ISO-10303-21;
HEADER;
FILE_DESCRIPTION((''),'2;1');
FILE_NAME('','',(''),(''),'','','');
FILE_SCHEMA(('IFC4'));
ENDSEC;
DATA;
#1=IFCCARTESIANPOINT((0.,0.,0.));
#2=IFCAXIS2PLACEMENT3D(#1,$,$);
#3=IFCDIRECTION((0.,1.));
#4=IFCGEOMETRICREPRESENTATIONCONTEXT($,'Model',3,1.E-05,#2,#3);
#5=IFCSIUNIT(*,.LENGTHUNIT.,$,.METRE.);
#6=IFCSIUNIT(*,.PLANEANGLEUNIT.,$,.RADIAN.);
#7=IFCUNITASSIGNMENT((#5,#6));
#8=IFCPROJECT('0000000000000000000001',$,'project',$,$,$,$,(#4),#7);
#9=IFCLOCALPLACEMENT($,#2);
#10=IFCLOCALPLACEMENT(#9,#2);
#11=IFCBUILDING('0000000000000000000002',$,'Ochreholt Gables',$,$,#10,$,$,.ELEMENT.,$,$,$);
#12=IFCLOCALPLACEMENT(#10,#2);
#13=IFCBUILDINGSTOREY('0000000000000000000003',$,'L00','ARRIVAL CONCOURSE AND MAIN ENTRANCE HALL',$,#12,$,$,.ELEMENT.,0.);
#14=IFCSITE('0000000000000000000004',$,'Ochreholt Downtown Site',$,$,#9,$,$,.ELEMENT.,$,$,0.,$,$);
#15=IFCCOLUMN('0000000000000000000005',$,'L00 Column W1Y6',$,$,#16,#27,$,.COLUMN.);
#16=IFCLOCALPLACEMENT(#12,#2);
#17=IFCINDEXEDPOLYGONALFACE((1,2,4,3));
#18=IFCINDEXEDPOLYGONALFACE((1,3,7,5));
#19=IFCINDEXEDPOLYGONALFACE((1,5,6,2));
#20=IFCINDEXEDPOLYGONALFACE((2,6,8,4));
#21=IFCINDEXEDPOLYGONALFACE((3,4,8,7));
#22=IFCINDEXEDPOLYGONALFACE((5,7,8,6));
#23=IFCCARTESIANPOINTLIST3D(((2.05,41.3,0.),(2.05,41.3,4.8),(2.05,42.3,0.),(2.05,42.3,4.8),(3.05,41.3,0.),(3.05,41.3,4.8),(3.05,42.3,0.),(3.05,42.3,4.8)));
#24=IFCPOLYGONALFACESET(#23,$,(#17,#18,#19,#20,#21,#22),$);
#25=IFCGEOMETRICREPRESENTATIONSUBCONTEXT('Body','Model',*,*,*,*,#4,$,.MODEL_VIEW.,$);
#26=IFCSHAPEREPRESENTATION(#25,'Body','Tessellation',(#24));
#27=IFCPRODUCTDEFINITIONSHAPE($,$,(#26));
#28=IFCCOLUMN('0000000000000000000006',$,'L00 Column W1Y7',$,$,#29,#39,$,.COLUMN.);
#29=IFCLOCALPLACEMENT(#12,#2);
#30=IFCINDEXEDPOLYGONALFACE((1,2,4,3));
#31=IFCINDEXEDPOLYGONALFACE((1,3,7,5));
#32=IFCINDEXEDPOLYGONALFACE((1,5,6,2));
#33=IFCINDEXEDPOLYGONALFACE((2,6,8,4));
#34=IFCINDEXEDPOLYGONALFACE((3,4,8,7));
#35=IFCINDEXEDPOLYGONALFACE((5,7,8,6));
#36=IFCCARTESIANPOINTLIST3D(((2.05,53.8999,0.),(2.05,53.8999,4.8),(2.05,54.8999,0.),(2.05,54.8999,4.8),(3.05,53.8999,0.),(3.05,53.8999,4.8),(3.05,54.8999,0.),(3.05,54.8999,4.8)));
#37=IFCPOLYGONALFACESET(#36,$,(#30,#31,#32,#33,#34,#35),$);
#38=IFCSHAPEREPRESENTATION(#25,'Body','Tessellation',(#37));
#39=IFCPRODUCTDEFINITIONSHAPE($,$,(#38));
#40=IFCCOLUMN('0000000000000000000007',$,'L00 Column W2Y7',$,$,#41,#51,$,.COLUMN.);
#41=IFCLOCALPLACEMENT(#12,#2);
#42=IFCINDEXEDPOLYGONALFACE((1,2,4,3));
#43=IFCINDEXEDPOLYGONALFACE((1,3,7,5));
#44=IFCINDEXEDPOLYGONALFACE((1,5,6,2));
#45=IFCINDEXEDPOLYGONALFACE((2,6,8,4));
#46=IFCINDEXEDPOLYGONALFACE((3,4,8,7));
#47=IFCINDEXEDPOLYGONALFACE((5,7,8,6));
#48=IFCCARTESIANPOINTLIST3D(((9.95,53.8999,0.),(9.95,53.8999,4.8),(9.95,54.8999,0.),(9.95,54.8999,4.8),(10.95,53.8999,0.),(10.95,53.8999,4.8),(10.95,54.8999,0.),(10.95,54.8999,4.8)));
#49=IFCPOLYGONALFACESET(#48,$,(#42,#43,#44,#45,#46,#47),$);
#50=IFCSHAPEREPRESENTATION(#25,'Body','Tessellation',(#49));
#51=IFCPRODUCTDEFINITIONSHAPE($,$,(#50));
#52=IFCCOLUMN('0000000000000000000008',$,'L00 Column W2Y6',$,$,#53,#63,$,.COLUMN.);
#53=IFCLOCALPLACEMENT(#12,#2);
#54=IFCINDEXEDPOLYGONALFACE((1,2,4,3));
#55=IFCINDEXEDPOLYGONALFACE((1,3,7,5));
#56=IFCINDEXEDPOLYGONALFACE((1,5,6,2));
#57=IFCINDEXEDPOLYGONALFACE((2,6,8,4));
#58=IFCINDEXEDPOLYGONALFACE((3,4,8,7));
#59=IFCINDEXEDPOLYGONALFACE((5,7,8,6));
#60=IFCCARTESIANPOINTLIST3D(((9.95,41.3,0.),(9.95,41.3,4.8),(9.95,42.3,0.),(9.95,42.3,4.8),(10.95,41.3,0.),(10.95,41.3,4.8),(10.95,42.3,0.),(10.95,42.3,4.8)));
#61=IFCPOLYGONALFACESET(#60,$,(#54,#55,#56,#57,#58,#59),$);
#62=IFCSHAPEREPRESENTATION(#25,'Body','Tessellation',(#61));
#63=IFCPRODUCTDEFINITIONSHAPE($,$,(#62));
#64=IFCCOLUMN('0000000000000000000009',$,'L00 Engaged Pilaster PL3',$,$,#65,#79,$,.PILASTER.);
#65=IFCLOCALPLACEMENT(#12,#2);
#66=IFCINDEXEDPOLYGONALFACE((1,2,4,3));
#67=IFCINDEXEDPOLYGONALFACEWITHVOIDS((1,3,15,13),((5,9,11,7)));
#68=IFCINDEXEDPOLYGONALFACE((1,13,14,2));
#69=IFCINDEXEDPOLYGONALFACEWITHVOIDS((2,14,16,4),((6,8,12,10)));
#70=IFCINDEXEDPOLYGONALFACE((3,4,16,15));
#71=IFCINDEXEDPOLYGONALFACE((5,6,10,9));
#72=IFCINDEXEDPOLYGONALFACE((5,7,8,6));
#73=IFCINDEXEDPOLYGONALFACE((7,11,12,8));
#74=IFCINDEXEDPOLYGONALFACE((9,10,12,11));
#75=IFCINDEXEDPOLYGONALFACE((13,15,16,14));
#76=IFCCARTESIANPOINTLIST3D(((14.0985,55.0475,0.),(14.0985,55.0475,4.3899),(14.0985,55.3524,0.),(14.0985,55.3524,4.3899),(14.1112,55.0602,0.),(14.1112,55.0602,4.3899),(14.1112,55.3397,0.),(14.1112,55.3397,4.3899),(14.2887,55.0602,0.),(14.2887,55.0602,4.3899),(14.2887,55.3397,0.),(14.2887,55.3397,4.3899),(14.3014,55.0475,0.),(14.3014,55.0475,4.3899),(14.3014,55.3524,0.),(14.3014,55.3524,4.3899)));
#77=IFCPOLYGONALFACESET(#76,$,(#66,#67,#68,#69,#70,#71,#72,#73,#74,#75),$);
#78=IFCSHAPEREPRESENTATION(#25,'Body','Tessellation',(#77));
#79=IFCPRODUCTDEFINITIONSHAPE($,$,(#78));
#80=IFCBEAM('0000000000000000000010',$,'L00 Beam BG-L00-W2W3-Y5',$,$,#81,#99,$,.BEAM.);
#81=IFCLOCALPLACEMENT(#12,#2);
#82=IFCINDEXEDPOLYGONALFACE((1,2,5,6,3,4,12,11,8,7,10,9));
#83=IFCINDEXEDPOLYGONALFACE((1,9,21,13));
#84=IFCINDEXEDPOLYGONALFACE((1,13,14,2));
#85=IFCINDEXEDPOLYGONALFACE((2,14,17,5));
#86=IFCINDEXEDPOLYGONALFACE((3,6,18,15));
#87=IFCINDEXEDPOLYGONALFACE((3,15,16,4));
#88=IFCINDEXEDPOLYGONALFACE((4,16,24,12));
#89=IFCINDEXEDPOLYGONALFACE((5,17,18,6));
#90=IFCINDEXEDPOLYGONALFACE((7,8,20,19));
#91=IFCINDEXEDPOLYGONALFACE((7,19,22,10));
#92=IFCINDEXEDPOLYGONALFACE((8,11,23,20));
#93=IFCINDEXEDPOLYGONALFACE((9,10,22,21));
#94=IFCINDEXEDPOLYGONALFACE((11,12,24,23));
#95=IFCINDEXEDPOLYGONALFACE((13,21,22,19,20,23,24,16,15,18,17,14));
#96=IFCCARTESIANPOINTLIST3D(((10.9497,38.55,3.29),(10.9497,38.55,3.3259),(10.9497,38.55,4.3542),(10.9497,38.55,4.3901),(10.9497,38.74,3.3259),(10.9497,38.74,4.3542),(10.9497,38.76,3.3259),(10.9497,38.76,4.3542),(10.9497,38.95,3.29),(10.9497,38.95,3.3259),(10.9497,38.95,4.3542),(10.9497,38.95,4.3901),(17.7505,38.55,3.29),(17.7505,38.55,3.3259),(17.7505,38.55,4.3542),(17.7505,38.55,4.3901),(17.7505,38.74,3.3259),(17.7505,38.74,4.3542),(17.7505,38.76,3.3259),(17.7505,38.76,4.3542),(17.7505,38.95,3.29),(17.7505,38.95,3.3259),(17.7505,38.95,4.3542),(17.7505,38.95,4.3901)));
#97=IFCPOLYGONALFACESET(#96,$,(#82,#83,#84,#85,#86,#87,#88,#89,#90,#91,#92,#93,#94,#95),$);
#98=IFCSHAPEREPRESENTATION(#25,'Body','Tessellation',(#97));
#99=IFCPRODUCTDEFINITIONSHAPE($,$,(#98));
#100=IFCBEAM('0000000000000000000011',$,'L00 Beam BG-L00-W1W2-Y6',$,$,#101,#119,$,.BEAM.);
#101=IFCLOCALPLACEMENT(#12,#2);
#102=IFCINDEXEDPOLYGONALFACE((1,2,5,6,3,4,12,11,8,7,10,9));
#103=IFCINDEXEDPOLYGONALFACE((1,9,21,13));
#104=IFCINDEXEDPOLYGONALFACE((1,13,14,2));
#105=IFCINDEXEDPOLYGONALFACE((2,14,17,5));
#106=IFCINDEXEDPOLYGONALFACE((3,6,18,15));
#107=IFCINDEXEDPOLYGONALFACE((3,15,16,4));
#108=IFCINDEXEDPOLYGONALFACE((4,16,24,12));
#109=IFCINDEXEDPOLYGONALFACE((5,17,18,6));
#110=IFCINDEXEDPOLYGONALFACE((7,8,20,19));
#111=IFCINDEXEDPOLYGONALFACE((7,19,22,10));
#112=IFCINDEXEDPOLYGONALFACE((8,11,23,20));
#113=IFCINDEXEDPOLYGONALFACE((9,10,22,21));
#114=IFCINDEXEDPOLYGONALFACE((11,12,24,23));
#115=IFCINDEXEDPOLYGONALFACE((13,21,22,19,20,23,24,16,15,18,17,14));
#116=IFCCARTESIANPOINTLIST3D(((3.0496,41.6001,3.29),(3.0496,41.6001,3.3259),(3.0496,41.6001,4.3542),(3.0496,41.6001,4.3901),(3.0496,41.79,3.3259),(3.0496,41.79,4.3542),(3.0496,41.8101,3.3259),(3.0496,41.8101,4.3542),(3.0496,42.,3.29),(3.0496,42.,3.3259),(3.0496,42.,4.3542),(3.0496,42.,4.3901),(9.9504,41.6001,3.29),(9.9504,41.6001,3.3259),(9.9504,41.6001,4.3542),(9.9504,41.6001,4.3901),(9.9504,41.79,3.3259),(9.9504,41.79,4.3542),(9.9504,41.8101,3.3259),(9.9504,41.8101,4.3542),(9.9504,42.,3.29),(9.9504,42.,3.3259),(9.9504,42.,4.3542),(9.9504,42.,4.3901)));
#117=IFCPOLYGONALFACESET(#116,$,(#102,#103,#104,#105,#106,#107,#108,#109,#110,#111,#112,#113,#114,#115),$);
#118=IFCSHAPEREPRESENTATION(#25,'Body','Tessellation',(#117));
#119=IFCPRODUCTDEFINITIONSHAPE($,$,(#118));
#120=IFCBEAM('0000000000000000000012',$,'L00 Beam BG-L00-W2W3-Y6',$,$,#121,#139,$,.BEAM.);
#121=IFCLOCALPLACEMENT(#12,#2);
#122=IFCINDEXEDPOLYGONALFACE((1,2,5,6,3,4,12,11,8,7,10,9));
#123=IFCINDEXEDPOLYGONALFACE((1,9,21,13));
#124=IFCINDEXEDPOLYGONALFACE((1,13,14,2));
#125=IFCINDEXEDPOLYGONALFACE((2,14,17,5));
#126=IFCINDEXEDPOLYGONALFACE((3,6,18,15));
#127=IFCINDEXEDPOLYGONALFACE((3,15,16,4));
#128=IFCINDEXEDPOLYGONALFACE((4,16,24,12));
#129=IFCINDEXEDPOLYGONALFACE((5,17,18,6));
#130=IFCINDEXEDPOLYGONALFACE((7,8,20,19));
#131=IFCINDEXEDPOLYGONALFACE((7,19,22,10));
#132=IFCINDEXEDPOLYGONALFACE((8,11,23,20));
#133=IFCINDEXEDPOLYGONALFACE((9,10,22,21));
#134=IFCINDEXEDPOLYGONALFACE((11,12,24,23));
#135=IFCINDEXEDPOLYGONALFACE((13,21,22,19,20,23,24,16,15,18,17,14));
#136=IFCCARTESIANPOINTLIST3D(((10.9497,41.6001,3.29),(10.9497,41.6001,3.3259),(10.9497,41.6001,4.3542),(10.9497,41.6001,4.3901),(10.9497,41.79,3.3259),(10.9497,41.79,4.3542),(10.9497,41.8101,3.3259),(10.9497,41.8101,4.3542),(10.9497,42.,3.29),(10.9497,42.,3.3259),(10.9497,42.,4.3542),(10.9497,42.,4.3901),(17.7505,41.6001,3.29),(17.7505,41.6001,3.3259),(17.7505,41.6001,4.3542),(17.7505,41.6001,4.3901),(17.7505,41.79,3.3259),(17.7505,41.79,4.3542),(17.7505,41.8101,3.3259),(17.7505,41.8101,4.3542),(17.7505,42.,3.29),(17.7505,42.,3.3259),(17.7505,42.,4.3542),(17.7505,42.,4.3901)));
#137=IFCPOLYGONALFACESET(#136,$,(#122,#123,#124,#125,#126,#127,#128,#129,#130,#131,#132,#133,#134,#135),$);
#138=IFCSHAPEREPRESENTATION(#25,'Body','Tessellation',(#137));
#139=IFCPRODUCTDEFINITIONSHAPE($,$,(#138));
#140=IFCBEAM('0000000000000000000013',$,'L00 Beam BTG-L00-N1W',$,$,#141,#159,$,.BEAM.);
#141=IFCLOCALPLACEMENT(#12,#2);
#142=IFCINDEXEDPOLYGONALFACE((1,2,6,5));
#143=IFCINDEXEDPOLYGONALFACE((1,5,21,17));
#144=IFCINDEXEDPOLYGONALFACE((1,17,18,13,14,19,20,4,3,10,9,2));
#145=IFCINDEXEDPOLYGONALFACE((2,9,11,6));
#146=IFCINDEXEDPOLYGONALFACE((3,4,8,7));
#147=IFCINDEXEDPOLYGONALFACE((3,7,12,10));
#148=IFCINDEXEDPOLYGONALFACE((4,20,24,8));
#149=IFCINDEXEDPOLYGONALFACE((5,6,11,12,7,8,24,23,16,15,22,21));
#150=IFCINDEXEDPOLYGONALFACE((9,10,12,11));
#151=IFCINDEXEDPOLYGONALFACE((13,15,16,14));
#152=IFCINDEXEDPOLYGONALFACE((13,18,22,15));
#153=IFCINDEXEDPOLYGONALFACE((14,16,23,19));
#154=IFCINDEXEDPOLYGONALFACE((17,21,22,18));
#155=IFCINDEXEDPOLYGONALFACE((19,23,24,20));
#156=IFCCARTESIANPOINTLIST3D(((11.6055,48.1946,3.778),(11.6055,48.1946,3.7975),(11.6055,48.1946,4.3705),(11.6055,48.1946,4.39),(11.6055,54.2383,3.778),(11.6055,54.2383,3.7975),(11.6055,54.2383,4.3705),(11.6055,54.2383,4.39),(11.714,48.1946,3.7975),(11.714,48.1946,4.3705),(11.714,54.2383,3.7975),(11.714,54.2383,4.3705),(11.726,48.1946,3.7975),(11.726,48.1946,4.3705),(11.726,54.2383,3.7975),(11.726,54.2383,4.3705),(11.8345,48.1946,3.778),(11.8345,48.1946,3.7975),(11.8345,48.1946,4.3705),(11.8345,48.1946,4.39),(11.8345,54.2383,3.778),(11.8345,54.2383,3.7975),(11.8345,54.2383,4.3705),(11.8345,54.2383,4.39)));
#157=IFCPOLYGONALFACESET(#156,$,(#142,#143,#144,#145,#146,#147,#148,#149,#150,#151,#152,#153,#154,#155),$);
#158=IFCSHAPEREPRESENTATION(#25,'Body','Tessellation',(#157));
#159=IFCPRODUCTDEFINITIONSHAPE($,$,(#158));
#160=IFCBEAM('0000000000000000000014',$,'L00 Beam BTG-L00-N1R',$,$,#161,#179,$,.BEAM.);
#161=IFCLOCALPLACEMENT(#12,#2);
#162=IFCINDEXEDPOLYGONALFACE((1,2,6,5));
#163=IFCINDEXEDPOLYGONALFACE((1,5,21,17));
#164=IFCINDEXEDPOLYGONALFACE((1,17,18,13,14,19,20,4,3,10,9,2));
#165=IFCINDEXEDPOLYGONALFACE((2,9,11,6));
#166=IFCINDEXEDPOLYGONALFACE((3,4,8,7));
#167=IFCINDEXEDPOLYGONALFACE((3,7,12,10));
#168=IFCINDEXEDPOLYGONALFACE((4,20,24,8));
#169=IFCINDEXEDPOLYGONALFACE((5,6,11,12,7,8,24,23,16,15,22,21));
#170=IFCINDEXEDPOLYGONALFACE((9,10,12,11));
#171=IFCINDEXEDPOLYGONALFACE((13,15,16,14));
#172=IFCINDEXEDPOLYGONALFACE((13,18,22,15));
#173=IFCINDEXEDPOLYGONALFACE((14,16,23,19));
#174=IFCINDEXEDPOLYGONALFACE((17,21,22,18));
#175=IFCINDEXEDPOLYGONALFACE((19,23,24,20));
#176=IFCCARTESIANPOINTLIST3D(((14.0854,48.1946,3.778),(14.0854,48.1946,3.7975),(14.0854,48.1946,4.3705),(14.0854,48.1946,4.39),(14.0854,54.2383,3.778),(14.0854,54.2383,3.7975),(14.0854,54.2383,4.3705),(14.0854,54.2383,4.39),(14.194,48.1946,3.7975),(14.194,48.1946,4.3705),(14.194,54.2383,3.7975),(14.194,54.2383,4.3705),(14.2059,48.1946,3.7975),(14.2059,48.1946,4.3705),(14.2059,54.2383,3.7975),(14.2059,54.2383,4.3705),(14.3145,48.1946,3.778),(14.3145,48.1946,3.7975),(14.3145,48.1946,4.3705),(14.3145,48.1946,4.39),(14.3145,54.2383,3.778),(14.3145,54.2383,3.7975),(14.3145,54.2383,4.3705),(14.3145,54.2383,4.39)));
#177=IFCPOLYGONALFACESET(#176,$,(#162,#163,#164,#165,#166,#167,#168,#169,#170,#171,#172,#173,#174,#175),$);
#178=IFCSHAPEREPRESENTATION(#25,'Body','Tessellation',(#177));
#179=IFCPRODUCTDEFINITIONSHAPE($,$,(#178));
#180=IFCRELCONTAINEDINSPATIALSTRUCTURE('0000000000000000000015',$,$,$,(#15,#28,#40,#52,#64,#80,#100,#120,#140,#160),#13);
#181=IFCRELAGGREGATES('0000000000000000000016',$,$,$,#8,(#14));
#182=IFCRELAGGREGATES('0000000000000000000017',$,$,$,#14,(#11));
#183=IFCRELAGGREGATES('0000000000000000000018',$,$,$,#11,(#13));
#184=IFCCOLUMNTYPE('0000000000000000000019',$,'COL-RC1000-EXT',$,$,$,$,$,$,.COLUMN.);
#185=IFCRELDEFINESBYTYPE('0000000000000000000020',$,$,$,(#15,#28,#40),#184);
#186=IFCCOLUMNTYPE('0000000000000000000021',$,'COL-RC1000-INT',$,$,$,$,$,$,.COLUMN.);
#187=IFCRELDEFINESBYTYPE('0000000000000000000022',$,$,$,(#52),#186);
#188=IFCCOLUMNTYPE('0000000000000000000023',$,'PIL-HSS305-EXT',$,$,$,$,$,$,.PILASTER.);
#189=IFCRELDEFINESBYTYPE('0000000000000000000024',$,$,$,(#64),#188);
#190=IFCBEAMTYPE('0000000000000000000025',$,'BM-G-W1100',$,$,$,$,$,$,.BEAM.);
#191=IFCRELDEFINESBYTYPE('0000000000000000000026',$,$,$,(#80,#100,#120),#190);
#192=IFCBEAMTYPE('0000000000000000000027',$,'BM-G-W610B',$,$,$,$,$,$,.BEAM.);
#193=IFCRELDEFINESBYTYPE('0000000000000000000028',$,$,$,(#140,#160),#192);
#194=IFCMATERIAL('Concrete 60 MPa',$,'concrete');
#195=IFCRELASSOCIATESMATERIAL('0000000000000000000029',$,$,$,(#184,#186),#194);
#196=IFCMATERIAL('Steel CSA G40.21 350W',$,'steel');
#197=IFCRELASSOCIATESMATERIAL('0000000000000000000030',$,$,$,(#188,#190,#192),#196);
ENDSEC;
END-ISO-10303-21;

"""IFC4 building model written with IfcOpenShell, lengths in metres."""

from ifc_helpers import new_model, si_unit, direction, frame, origin, origin_2d, place, context, subcontext, project, spatial, rectangle, hollow_rectangle, i_section, extrude, material, material_profile, profile_set, type_object, element, save


model = new_model("IFC4")

# Units and contexts
model_context = context("Model", 3, precision=1e-05, world=origin(), true_north=direction((0.0, 1.0)))
body_context = subcontext(model_context, "Body", "Model", "MODEL_VIEW")
ifc_project = project(units=[si_unit("LENGTHUNIT", "METRE"), si_unit("PLANEANGLEUNIT", "RADIAN")], contexts=[model_context])

# Site, building, storey
site_placement = place(None, origin())
site = spatial("IfcSite", under=ifc_project, at=site_placement, Name="Ochreholt Downtown Site", CompositionType="ELEMENT", RefElevation=0.0)
building_placement = place(site_placement, origin())
building = spatial("IfcBuilding", under=site, at=building_placement, Name="Ochreholt Gables", CompositionType="ELEMENT")
storey_placement = place(building_placement, origin())
storey = spatial("IfcBuildingStorey", under=building, at=storey_placement, Name="L00", Description="ARRIVAL CONCOURSE AND MAIN ENTRANCE HALL", CompositionType="ELEMENT", Elevation=0.0)

# Columns
ifc_material_1 = material(Name="Concrete 60 MPa", Category="concrete")
ifc_material_profile_1 = material_profile(ifc_material_1, rectangle(XDim=1.0, YDim=1.0, at=origin_2d()), Name="RC1000X1000")
ifc_profile_set_1 = profile_set([ifc_material_profile_1], Name="Concrete 60 MPa")
column_type_1 = type_object("IfcColumnType", Name="COL-RC1000-EXT", PredefinedType="COLUMN", material=ifc_profile_set_1)
for number, where, z_axis, x_axis, name in (
    (1, (2.55, 41.8, 0.0), (0.0, 0.0, 1.0), (1.0, 0.0, 0.0), "L00 Column W1Y6"),
    (2, (2.55, 54.3999, 0.0), (0.0, 0.0, 1.0), (1.0, 0.0, 0.0), "L00 Column W1Y7"),
    (3, (10.45, 54.3999, 0.0), (0.0, 0.0, 1.0), (1.0, 0.0, 0.0), "L00 Column W2Y7"),
):
    element("IfcColumn", number, at=place(storey_placement, frame(where, z_axis=z_axis, x_axis=x_axis)), inside=storey, type_object=column_type_1, Name=name, PredefinedType="COLUMN", context=body_context, shape_type="SweptSolid", body=[
        extrude(rectangle(XDim=1.0, YDim=1.0, at=origin_2d()), origin(), (0.0, 0.0, 1.0), 4.8),
    ])
ifc_material_profile_2 = material_profile(ifc_material_1, rectangle(XDim=1.0, YDim=1.0, at=origin_2d()), Name="RC1000X1000")
ifc_profile_set_2 = profile_set([ifc_material_profile_2], Name="Concrete 60 MPa")
column_type_2 = type_object("IfcColumnType", Name="COL-RC1000-INT", PredefinedType="COLUMN", material=ifc_profile_set_2)
column_1_placement = place(storey_placement, frame((10.45, 41.8, 0.0), z_axis=(0.0, 0.0, 1.0), x_axis=(1.0, 0.0, 0.0)))
element("IfcColumn", 4, at=column_1_placement, inside=storey, type_object=column_type_2, Name="L00 Column W2Y6", PredefinedType="COLUMN", context=body_context, shape_type="SweptSolid", body=[
    extrude(rectangle(XDim=1.0, YDim=1.0, at=origin_2d()), origin(), (0.0, 0.0, 1.0), 4.8),
])
ifc_material_2 = material(Name="Steel CSA G40.21 350W", Category="steel")
ifc_material_profile_3 = material_profile(ifc_material_2, hollow_rectangle(XDim=0.2029, YDim=0.3049, WallThickness=0.0127, at=origin_2d()), Name="HSS305X203X13")
ifc_profile_set_3 = profile_set([ifc_material_profile_3], Name="Steel CSA G40.21 350W")
column_type_3 = type_object("IfcColumnType", Name="PIL-HSS305-EXT", PredefinedType="PILASTER", material=ifc_profile_set_3)
column_2_placement = place(storey_placement, frame((14.2, 55.2, 0.0), z_axis=(0.0, 0.0, 1.0), x_axis=(1.0, 0.0, 0.0)))
element("IfcColumn", 5, at=column_2_placement, inside=storey, type_object=column_type_3, Name="L00 Engaged Pilaster PL3", PredefinedType="PILASTER", context=body_context, shape_type="SweptSolid", body=[
    extrude(hollow_rectangle(XDim=0.2029, YDim=0.3049, WallThickness=0.0127, at=origin_2d()), origin(), (0.0, 0.0, 1.0), 4.3899),
])

# Beams
ifc_material_profile_4 = material_profile(ifc_material_2, i_section(OverallWidth=0.3999, OverallDepth=1.1001, WebThickness=0.02, FlangeThickness=0.0359, at=origin_2d()), Name="W1100X390")
ifc_profile_set_4 = profile_set([ifc_material_profile_4], Name="Steel CSA G40.21 350W")
beam_type_1 = type_object("IfcBeamType", Name="BM-G-W1100", PredefinedType="BEAM", material=ifc_profile_set_4)
beam_1_placement = place(storey_placement, frame((10.9497, 38.75, 3.8401), z_axis=(1.0, 0.0, 0.0), x_axis=(0.0, 1.0, 0.0)))
element("IfcBeam", 6, at=beam_1_placement, inside=storey, type_object=beam_type_1, Name="L00 Beam BG-L00-W2W3-Y5", PredefinedType="BEAM", context=body_context, shape_type="SweptSolid", body=[
    extrude(i_section(OverallWidth=0.3999, OverallDepth=1.1001, WebThickness=0.02, FlangeThickness=0.0359, at=origin_2d()), origin(), (0.0, 0.0, 1.0), 6.8008),
])
beam_2_placement = place(storey_placement, frame((3.0496, 41.8, 3.8401), z_axis=(1.0, 0.0, 0.0), x_axis=(0.0, 1.0, 0.0)))
element("IfcBeam", 7, at=beam_2_placement, inside=storey, type_object=beam_type_1, Name="L00 Beam BG-L00-W1W2-Y6", PredefinedType="BEAM", context=body_context, shape_type="SweptSolid", body=[
    extrude(i_section(OverallWidth=0.3999, OverallDepth=1.1001, WebThickness=0.02, FlangeThickness=0.0359, at=origin_2d()), origin(), (0.0, 0.0, 1.0), 6.9009),
])
beam_3_placement = place(storey_placement, frame((10.9497, 41.8, 3.8401), z_axis=(1.0, 0.0, 0.0), x_axis=(0.0, 1.0, 0.0)))
element("IfcBeam", 8, at=beam_3_placement, inside=storey, type_object=beam_type_1, Name="L00 Beam BG-L00-W2W3-Y6", PredefinedType="BEAM", context=body_context, shape_type="SweptSolid", body=[
    extrude(i_section(OverallWidth=0.3999, OverallDepth=1.1001, WebThickness=0.02, FlangeThickness=0.0359, at=origin_2d()), origin(), (0.0, 0.0, 1.0), 6.8008),
])
ifc_material_profile_5 = material_profile(ifc_material_2, i_section(OverallWidth=0.229, OverallDepth=0.6121, WebThickness=0.012, FlangeThickness=0.0195, at=origin_2d()), Name="W610X125")
ifc_profile_set_5 = profile_set([ifc_material_profile_5], Name="Steel CSA G40.21 350W")
beam_type_2 = type_object("IfcBeamType", Name="BM-G-W610B", PredefinedType="BEAM", material=ifc_profile_set_5)
for number, where, z_axis, x_axis, name in (
    (9, (11.72, 48.1946, 4.084), (0.0, 1.0, 0.0), (-1.0, 0.0, 0.0), "L00 Beam BTG-L00-N1W"),
    (10, (14.2, 48.1946, 4.084), (0.0, 1.0, 0.0), (-1.0, 0.0, 0.0), "L00 Beam BTG-L00-N1R"),
):
    element("IfcBeam", number, at=place(storey_placement, frame(where, z_axis=z_axis, x_axis=x_axis)), inside=storey, type_object=beam_type_2, Name=name, PredefinedType="BEAM", context=body_context, shape_type="SweptSolid", body=[
        extrude(i_section(OverallWidth=0.229, OverallDepth=0.6121, WebThickness=0.012, FlangeThickness=0.0195, at=origin_2d()), origin(), (0.0, 0.0, 1.0), 6.0437),
    ])

save(model, "model.ifc")
